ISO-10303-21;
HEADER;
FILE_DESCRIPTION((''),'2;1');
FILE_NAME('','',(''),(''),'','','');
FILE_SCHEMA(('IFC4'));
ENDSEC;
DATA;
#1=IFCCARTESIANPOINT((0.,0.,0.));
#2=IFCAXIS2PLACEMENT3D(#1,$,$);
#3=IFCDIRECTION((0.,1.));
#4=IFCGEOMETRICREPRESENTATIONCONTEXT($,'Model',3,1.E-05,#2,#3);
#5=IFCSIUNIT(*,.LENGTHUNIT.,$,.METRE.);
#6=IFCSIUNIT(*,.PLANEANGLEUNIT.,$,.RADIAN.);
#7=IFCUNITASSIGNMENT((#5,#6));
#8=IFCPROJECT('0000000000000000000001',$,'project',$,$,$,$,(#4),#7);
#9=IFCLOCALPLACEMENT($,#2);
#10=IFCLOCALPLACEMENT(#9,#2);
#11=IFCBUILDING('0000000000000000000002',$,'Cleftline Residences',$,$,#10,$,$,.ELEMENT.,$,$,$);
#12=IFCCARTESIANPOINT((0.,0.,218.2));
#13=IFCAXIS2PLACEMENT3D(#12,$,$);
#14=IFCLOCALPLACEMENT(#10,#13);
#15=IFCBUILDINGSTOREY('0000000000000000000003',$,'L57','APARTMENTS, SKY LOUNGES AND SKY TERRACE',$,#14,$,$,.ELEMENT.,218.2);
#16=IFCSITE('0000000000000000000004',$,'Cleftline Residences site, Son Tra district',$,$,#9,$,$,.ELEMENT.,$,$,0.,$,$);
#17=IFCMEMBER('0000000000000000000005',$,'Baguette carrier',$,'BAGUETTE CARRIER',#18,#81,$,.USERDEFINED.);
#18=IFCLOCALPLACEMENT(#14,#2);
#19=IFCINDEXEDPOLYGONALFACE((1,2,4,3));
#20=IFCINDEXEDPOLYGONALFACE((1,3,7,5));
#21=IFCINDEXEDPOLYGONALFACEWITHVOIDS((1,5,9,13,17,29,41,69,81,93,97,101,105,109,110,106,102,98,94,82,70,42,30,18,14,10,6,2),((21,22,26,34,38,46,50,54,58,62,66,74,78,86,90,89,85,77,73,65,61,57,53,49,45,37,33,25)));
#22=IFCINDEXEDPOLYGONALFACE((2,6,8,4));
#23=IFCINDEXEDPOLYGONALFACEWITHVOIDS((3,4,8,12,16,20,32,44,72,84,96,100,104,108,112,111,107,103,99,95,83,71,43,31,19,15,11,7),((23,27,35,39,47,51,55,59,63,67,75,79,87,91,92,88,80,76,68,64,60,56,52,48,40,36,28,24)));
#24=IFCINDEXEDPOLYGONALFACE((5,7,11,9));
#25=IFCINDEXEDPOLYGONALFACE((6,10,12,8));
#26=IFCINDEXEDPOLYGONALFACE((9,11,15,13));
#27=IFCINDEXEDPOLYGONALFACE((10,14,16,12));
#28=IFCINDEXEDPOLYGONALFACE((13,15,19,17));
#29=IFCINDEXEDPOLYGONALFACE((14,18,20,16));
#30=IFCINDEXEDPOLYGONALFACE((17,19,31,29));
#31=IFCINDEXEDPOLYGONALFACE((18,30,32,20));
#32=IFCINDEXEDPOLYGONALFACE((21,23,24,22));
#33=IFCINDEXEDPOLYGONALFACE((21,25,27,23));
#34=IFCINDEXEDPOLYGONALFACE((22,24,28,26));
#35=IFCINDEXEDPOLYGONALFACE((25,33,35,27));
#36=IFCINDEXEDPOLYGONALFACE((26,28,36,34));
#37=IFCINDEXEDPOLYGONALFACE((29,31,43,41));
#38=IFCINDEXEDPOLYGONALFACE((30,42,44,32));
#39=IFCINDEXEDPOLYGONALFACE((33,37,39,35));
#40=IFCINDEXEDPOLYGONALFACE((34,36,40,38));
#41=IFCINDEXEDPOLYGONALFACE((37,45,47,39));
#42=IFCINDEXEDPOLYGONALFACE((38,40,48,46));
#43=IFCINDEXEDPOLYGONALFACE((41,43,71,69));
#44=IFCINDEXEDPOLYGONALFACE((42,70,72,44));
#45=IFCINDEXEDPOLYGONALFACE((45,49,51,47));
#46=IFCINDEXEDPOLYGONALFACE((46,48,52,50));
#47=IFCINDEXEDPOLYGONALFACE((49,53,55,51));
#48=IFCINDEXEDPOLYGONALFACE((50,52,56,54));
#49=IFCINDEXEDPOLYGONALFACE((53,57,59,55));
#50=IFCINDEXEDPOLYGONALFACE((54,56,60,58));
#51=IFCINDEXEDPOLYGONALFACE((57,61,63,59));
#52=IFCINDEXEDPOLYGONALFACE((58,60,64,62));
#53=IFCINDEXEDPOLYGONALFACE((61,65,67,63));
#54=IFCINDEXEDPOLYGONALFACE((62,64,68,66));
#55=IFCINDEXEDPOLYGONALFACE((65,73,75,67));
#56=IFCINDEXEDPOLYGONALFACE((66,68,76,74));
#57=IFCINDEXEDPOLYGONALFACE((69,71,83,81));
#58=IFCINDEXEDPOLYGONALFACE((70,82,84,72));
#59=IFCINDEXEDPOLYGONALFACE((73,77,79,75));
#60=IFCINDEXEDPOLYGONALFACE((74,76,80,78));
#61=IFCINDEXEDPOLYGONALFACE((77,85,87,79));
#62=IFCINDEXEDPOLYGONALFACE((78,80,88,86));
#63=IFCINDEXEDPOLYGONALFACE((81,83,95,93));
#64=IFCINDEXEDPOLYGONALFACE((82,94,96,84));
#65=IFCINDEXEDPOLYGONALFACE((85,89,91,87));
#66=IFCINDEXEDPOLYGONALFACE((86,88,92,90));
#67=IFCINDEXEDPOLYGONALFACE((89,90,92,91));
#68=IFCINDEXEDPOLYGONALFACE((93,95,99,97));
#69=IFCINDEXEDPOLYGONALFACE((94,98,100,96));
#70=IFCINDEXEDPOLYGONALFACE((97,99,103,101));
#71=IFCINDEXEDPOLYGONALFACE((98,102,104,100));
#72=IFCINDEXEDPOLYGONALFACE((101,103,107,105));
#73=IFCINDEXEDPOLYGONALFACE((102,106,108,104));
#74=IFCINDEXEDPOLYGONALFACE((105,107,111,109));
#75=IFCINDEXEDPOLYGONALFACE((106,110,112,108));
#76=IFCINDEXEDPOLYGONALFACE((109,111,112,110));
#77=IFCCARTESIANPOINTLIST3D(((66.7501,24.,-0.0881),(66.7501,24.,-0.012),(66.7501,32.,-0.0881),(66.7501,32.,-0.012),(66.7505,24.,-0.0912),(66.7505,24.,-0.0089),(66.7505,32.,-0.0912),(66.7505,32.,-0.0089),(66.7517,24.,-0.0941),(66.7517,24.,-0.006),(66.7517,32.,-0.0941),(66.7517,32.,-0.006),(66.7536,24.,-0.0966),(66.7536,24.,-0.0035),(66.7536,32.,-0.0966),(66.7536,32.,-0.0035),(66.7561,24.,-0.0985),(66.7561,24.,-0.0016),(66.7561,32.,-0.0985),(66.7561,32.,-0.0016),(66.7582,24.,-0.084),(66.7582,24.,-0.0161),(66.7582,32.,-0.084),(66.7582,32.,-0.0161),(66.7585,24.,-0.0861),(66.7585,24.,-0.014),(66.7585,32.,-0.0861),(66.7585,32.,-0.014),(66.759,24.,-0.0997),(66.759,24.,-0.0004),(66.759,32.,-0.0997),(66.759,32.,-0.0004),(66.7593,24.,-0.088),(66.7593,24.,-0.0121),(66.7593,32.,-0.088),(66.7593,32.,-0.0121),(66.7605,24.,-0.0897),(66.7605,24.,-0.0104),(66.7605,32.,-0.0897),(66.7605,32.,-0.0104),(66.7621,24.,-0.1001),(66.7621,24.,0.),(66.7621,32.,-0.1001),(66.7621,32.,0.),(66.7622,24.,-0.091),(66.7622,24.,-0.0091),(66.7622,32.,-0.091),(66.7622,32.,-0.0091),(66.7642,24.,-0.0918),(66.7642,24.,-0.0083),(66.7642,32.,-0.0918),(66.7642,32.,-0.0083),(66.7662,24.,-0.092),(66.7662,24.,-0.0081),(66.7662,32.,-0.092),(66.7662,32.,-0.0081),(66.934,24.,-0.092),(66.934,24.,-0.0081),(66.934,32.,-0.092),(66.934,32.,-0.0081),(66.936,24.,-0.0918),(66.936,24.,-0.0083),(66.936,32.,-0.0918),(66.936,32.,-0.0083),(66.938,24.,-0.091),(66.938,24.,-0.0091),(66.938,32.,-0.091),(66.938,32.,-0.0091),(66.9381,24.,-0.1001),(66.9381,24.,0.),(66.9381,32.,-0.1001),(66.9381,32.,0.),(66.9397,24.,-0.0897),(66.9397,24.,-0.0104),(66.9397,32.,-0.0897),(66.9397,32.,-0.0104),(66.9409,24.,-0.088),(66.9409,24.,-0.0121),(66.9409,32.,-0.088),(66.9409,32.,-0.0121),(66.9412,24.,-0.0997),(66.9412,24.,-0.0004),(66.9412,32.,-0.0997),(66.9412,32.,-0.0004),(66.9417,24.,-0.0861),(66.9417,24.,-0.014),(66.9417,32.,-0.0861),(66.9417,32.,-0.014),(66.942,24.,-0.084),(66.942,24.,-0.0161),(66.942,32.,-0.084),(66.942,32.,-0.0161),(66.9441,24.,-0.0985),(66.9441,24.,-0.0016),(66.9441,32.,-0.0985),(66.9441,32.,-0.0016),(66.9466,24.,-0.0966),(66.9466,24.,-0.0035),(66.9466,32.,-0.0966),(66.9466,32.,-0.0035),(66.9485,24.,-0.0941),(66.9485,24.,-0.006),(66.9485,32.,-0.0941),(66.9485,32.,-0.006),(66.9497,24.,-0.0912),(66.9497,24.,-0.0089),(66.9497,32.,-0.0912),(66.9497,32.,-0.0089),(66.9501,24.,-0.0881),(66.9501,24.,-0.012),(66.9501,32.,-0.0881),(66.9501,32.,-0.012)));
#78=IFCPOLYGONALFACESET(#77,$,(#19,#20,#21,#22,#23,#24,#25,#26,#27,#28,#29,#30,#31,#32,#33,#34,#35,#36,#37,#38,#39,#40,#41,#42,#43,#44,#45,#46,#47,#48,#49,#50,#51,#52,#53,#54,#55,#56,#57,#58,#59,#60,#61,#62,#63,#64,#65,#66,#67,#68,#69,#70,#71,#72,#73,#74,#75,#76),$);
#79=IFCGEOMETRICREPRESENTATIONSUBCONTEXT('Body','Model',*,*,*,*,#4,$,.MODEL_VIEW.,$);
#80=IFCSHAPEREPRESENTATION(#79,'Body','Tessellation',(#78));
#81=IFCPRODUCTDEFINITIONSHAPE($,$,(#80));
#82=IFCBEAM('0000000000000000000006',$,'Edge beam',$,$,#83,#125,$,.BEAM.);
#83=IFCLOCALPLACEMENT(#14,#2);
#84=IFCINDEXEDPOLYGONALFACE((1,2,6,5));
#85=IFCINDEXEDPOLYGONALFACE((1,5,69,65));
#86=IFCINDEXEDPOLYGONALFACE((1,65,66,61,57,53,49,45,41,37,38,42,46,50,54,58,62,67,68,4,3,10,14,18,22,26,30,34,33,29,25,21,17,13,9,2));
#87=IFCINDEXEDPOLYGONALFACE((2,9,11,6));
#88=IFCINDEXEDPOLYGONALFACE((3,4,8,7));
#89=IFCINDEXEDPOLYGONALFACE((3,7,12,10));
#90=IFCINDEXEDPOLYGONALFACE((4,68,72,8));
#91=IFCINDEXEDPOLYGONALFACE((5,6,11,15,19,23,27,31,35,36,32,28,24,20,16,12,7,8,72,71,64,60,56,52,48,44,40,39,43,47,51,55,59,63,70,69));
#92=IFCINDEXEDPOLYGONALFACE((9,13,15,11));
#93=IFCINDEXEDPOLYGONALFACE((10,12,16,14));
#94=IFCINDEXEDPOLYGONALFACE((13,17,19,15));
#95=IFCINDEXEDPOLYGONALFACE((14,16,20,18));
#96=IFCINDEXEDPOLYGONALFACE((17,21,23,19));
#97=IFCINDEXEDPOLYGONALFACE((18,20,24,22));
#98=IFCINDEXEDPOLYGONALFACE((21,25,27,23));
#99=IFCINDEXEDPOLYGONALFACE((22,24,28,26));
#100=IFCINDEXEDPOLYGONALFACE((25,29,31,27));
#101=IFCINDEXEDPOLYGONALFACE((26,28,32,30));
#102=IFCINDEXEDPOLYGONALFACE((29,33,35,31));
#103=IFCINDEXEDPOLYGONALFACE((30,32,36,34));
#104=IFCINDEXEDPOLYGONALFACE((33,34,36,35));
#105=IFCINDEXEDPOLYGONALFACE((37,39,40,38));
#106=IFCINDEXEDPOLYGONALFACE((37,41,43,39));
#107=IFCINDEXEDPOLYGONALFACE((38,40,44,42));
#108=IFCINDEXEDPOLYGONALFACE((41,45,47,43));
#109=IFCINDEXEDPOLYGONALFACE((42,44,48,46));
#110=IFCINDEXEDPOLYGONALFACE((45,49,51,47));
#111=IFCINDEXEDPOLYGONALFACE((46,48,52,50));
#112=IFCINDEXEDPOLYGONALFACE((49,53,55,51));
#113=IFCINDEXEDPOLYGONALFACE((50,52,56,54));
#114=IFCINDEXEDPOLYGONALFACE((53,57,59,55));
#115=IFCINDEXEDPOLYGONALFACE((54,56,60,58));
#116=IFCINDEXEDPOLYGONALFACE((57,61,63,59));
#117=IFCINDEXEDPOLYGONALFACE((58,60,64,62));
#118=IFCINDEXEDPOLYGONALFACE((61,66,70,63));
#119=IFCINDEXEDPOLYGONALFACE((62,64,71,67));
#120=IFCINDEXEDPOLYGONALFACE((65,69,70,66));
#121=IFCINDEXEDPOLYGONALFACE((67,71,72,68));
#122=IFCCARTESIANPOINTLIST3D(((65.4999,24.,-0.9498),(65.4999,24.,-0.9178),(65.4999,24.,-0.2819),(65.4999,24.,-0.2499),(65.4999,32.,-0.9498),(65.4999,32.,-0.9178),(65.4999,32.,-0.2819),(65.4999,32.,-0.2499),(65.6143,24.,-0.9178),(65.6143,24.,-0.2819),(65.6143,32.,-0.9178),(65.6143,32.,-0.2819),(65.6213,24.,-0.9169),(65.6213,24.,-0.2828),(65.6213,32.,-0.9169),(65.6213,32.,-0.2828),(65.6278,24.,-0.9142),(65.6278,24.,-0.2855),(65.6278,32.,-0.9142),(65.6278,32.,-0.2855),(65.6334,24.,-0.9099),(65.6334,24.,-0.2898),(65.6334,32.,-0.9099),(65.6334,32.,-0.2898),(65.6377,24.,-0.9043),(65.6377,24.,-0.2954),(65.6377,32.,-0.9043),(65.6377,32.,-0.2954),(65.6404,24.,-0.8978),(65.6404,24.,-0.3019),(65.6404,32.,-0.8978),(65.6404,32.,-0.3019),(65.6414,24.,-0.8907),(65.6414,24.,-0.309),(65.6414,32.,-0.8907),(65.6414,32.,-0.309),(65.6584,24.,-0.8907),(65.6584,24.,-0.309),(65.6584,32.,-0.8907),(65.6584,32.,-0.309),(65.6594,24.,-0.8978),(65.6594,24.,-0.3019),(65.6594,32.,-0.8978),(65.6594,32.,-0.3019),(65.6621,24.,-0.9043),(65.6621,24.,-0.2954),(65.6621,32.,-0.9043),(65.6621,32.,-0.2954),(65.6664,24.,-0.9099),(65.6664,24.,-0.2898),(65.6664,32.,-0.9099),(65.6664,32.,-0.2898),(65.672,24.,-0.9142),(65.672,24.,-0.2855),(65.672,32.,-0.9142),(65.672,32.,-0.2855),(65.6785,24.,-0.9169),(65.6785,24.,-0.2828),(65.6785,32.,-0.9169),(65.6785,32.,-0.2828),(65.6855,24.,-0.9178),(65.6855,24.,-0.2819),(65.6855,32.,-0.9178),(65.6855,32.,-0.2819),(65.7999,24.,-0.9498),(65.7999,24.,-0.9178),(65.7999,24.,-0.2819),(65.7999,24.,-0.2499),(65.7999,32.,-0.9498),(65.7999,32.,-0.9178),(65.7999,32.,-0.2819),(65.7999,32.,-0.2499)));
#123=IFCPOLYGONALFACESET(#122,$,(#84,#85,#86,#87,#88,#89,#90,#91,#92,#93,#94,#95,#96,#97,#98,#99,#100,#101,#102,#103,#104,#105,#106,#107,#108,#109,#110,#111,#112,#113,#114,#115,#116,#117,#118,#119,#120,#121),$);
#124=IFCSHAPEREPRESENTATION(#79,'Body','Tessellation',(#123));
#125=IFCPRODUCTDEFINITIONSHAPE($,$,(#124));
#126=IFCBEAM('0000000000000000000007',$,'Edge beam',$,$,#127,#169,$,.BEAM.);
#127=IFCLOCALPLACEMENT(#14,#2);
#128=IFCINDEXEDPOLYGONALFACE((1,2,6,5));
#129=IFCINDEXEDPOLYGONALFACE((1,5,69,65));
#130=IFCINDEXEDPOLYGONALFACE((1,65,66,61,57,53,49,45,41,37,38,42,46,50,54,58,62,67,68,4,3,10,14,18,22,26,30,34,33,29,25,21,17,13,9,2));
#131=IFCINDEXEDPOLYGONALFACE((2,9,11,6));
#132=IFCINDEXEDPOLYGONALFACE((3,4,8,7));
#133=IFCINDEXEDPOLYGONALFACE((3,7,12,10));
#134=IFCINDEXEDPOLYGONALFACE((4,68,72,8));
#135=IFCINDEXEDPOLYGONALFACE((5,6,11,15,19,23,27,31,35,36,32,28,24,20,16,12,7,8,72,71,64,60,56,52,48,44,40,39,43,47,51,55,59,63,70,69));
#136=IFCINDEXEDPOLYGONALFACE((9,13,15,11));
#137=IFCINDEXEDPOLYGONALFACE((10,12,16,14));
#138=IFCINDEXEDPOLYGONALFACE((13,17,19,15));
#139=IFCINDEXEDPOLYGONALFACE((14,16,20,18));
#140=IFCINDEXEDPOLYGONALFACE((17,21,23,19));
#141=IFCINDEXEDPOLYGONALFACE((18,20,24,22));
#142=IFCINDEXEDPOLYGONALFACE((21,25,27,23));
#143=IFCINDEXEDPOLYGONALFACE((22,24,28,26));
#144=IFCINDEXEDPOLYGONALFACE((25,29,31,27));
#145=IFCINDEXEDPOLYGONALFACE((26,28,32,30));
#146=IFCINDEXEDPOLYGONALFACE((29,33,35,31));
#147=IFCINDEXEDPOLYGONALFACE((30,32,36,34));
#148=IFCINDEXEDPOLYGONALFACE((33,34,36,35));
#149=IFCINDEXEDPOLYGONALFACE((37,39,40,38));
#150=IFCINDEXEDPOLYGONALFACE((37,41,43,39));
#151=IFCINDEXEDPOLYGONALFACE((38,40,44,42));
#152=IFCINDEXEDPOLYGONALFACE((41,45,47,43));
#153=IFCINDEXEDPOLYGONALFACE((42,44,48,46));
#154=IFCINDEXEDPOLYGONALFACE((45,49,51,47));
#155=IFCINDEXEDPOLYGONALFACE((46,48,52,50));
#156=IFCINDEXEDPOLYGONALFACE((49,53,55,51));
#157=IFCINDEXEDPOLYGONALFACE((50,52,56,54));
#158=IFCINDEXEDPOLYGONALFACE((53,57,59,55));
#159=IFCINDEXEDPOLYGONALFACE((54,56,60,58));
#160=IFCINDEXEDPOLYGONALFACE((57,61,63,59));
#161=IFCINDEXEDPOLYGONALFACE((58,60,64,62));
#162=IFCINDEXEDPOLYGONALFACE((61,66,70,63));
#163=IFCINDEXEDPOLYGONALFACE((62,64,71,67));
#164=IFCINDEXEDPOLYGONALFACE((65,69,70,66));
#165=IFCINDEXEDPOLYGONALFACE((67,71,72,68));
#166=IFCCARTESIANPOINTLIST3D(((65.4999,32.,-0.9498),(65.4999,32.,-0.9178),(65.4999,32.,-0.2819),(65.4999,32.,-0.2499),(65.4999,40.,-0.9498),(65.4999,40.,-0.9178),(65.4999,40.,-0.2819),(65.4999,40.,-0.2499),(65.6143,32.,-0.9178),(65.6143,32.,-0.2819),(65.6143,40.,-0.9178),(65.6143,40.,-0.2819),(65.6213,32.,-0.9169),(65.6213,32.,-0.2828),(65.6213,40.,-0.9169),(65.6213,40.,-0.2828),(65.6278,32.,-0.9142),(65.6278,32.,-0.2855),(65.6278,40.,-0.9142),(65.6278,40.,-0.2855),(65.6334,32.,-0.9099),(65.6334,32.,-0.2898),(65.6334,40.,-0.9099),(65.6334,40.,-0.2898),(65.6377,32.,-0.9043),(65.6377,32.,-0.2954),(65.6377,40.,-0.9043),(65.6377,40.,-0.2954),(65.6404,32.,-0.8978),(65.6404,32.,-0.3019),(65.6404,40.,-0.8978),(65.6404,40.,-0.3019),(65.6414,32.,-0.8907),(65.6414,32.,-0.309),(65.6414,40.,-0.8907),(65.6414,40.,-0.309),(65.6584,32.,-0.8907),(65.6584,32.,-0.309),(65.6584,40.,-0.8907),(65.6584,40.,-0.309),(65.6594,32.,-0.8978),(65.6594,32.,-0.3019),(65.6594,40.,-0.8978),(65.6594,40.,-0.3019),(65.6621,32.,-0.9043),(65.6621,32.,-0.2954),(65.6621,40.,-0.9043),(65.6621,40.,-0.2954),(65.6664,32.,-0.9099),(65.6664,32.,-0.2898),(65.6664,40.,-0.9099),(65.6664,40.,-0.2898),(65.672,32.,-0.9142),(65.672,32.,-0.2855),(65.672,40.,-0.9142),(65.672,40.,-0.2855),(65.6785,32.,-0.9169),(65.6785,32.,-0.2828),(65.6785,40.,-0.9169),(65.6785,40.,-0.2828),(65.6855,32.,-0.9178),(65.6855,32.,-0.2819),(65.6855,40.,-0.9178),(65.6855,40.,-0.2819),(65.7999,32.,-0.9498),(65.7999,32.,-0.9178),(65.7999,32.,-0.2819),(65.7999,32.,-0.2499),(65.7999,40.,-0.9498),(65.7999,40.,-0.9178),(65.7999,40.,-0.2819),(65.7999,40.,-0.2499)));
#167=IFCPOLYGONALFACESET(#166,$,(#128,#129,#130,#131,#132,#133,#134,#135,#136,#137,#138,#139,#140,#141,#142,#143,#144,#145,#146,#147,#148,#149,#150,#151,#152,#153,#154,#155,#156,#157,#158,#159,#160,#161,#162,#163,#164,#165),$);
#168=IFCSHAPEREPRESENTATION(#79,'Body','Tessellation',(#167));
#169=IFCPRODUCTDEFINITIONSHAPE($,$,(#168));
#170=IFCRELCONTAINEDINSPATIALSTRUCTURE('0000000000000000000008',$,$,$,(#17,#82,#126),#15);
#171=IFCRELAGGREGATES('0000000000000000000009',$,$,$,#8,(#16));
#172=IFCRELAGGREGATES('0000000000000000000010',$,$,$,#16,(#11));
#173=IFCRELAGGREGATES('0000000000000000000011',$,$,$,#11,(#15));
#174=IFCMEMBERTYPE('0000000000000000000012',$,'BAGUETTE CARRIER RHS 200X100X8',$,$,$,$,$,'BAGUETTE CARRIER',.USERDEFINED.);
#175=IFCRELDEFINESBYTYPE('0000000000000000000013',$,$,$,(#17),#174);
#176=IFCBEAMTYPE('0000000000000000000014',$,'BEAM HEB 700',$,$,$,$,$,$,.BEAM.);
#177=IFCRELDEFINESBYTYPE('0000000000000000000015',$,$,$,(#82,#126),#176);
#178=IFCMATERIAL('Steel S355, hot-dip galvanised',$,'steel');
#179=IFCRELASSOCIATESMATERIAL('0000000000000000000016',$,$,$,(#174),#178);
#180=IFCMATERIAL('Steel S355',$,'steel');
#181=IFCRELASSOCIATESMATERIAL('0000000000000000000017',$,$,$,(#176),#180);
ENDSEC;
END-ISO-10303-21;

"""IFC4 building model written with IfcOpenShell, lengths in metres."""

from ifc_helpers import new_model, si_unit, direction, frame, origin, origin_2d, place, context, subcontext, project, spatial, hollow_rectangle, i_section, extrude, material, material_profile, profile_set, type_object, element, save


model = new_model("IFC4")

# Units and contexts
model_context = context("Model", 3, precision=1e-05, world=origin(), true_north=direction((0.0, 1.0)))
body_context = subcontext(model_context, "Body", "Model", "MODEL_VIEW")
ifc_project = project(units=[si_unit("LENGTHUNIT", "METRE"), si_unit("PLANEANGLEUNIT", "RADIAN")], contexts=[model_context])

# Site, building, storey
site_placement = place(None, origin())
site = spatial("IfcSite", under=ifc_project, at=site_placement, Name="Cleftline Residences site, Son Tra district", CompositionType="ELEMENT", RefElevation=0.0)
building_placement = place(site_placement, origin())
building = spatial("IfcBuilding", under=site, at=building_placement, Name="Cleftline Residences", CompositionType="ELEMENT")
storey_placement = place(building_placement, frame((0.0, 0.0, 218.2)))
storey = spatial("IfcBuildingStorey", under=building, at=storey_placement, Name="L57", Description="APARTMENTS, SKY LOUNGES AND SKY TERRACE", CompositionType="ELEMENT", Elevation=218.2)

# Member
ifc_material_1 = material(Name="Steel S355, hot-dip galvanised", Category="steel")
ifc_material_profile_1 = material_profile(ifc_material_1, hollow_rectangle(XDim=0.1001, YDim=0.2, WallThickness=0.0081, InnerFilletRadius=0.0081, OuterFilletRadius=0.012, at=origin_2d()))
ifc_profile_set_1 = profile_set([ifc_material_profile_1], Name="Steel S355, hot-dip galvanised")
member_type_1 = type_object("IfcMemberType", Name="BAGUETTE CARRIER RHS 200X100X8", ElementType="BAGUETTE CARRIER", PredefinedType="USERDEFINED", material=ifc_profile_set_1)
member_placement = place(storey_placement, frame((66.8501, 24.0, -0.05), z_axis=(0.0, 1.0, 0.0), x_axis=(0.0, 0.0, 1.0)))
element("IfcMember", 1, at=member_placement, inside=storey, type_object=member_type_1, Name="Baguette carrier", ObjectType="BAGUETTE CARRIER", PredefinedType="USERDEFINED", context=body_context, shape_type="SweptSolid", body=[
    extrude(hollow_rectangle(XDim=0.1001, YDim=0.2, WallThickness=0.0081, InnerFilletRadius=0.0081, OuterFilletRadius=0.012, at=origin_2d()), origin(), (0.0, 0.0, 1.0), 8.0),
])

# Beams
ifc_material_2 = material(Name="Steel S355", Category="steel")
ifc_material_profile_2 = material_profile(ifc_material_2, i_section(OverallWidth=0.3, OverallDepth=0.7, WebThickness=0.0171, FlangeThickness=0.032, FilletRadius=0.0271, at=origin_2d()))
ifc_profile_set_2 = profile_set([ifc_material_profile_2], Name="Steel S355")
beam_type_1 = type_object("IfcBeamType", Name="BEAM HEB 700", PredefinedType="BEAM", material=ifc_profile_set_2)
for number, where, z_axis, x_axis, name in (
    (2, (65.6499, 24.0, -0.5999), (0.0, 1.0, 0.0), (-1.0, 0.0, 0.0), "Edge beam"),
    (3, (65.6499, 32.0, -0.5999), (0.0, 1.0, 0.0), (-1.0, 0.0, 0.0), "Edge beam"),
):
    element("IfcBeam", number, at=place(storey_placement, frame(where, z_axis=z_axis, x_axis=x_axis)), inside=storey, type_object=beam_type_1, Name=name, PredefinedType="BEAM", context=body_context, shape_type="SweptSolid", body=[
        extrude(i_section(OverallWidth=0.3, OverallDepth=0.7, WebThickness=0.0171, FlangeThickness=0.032, FilletRadius=0.0271, at=origin_2d()), origin(), (0.0, 0.0, 1.0), 8.0),
    ])

save(model, "model.ifc")
